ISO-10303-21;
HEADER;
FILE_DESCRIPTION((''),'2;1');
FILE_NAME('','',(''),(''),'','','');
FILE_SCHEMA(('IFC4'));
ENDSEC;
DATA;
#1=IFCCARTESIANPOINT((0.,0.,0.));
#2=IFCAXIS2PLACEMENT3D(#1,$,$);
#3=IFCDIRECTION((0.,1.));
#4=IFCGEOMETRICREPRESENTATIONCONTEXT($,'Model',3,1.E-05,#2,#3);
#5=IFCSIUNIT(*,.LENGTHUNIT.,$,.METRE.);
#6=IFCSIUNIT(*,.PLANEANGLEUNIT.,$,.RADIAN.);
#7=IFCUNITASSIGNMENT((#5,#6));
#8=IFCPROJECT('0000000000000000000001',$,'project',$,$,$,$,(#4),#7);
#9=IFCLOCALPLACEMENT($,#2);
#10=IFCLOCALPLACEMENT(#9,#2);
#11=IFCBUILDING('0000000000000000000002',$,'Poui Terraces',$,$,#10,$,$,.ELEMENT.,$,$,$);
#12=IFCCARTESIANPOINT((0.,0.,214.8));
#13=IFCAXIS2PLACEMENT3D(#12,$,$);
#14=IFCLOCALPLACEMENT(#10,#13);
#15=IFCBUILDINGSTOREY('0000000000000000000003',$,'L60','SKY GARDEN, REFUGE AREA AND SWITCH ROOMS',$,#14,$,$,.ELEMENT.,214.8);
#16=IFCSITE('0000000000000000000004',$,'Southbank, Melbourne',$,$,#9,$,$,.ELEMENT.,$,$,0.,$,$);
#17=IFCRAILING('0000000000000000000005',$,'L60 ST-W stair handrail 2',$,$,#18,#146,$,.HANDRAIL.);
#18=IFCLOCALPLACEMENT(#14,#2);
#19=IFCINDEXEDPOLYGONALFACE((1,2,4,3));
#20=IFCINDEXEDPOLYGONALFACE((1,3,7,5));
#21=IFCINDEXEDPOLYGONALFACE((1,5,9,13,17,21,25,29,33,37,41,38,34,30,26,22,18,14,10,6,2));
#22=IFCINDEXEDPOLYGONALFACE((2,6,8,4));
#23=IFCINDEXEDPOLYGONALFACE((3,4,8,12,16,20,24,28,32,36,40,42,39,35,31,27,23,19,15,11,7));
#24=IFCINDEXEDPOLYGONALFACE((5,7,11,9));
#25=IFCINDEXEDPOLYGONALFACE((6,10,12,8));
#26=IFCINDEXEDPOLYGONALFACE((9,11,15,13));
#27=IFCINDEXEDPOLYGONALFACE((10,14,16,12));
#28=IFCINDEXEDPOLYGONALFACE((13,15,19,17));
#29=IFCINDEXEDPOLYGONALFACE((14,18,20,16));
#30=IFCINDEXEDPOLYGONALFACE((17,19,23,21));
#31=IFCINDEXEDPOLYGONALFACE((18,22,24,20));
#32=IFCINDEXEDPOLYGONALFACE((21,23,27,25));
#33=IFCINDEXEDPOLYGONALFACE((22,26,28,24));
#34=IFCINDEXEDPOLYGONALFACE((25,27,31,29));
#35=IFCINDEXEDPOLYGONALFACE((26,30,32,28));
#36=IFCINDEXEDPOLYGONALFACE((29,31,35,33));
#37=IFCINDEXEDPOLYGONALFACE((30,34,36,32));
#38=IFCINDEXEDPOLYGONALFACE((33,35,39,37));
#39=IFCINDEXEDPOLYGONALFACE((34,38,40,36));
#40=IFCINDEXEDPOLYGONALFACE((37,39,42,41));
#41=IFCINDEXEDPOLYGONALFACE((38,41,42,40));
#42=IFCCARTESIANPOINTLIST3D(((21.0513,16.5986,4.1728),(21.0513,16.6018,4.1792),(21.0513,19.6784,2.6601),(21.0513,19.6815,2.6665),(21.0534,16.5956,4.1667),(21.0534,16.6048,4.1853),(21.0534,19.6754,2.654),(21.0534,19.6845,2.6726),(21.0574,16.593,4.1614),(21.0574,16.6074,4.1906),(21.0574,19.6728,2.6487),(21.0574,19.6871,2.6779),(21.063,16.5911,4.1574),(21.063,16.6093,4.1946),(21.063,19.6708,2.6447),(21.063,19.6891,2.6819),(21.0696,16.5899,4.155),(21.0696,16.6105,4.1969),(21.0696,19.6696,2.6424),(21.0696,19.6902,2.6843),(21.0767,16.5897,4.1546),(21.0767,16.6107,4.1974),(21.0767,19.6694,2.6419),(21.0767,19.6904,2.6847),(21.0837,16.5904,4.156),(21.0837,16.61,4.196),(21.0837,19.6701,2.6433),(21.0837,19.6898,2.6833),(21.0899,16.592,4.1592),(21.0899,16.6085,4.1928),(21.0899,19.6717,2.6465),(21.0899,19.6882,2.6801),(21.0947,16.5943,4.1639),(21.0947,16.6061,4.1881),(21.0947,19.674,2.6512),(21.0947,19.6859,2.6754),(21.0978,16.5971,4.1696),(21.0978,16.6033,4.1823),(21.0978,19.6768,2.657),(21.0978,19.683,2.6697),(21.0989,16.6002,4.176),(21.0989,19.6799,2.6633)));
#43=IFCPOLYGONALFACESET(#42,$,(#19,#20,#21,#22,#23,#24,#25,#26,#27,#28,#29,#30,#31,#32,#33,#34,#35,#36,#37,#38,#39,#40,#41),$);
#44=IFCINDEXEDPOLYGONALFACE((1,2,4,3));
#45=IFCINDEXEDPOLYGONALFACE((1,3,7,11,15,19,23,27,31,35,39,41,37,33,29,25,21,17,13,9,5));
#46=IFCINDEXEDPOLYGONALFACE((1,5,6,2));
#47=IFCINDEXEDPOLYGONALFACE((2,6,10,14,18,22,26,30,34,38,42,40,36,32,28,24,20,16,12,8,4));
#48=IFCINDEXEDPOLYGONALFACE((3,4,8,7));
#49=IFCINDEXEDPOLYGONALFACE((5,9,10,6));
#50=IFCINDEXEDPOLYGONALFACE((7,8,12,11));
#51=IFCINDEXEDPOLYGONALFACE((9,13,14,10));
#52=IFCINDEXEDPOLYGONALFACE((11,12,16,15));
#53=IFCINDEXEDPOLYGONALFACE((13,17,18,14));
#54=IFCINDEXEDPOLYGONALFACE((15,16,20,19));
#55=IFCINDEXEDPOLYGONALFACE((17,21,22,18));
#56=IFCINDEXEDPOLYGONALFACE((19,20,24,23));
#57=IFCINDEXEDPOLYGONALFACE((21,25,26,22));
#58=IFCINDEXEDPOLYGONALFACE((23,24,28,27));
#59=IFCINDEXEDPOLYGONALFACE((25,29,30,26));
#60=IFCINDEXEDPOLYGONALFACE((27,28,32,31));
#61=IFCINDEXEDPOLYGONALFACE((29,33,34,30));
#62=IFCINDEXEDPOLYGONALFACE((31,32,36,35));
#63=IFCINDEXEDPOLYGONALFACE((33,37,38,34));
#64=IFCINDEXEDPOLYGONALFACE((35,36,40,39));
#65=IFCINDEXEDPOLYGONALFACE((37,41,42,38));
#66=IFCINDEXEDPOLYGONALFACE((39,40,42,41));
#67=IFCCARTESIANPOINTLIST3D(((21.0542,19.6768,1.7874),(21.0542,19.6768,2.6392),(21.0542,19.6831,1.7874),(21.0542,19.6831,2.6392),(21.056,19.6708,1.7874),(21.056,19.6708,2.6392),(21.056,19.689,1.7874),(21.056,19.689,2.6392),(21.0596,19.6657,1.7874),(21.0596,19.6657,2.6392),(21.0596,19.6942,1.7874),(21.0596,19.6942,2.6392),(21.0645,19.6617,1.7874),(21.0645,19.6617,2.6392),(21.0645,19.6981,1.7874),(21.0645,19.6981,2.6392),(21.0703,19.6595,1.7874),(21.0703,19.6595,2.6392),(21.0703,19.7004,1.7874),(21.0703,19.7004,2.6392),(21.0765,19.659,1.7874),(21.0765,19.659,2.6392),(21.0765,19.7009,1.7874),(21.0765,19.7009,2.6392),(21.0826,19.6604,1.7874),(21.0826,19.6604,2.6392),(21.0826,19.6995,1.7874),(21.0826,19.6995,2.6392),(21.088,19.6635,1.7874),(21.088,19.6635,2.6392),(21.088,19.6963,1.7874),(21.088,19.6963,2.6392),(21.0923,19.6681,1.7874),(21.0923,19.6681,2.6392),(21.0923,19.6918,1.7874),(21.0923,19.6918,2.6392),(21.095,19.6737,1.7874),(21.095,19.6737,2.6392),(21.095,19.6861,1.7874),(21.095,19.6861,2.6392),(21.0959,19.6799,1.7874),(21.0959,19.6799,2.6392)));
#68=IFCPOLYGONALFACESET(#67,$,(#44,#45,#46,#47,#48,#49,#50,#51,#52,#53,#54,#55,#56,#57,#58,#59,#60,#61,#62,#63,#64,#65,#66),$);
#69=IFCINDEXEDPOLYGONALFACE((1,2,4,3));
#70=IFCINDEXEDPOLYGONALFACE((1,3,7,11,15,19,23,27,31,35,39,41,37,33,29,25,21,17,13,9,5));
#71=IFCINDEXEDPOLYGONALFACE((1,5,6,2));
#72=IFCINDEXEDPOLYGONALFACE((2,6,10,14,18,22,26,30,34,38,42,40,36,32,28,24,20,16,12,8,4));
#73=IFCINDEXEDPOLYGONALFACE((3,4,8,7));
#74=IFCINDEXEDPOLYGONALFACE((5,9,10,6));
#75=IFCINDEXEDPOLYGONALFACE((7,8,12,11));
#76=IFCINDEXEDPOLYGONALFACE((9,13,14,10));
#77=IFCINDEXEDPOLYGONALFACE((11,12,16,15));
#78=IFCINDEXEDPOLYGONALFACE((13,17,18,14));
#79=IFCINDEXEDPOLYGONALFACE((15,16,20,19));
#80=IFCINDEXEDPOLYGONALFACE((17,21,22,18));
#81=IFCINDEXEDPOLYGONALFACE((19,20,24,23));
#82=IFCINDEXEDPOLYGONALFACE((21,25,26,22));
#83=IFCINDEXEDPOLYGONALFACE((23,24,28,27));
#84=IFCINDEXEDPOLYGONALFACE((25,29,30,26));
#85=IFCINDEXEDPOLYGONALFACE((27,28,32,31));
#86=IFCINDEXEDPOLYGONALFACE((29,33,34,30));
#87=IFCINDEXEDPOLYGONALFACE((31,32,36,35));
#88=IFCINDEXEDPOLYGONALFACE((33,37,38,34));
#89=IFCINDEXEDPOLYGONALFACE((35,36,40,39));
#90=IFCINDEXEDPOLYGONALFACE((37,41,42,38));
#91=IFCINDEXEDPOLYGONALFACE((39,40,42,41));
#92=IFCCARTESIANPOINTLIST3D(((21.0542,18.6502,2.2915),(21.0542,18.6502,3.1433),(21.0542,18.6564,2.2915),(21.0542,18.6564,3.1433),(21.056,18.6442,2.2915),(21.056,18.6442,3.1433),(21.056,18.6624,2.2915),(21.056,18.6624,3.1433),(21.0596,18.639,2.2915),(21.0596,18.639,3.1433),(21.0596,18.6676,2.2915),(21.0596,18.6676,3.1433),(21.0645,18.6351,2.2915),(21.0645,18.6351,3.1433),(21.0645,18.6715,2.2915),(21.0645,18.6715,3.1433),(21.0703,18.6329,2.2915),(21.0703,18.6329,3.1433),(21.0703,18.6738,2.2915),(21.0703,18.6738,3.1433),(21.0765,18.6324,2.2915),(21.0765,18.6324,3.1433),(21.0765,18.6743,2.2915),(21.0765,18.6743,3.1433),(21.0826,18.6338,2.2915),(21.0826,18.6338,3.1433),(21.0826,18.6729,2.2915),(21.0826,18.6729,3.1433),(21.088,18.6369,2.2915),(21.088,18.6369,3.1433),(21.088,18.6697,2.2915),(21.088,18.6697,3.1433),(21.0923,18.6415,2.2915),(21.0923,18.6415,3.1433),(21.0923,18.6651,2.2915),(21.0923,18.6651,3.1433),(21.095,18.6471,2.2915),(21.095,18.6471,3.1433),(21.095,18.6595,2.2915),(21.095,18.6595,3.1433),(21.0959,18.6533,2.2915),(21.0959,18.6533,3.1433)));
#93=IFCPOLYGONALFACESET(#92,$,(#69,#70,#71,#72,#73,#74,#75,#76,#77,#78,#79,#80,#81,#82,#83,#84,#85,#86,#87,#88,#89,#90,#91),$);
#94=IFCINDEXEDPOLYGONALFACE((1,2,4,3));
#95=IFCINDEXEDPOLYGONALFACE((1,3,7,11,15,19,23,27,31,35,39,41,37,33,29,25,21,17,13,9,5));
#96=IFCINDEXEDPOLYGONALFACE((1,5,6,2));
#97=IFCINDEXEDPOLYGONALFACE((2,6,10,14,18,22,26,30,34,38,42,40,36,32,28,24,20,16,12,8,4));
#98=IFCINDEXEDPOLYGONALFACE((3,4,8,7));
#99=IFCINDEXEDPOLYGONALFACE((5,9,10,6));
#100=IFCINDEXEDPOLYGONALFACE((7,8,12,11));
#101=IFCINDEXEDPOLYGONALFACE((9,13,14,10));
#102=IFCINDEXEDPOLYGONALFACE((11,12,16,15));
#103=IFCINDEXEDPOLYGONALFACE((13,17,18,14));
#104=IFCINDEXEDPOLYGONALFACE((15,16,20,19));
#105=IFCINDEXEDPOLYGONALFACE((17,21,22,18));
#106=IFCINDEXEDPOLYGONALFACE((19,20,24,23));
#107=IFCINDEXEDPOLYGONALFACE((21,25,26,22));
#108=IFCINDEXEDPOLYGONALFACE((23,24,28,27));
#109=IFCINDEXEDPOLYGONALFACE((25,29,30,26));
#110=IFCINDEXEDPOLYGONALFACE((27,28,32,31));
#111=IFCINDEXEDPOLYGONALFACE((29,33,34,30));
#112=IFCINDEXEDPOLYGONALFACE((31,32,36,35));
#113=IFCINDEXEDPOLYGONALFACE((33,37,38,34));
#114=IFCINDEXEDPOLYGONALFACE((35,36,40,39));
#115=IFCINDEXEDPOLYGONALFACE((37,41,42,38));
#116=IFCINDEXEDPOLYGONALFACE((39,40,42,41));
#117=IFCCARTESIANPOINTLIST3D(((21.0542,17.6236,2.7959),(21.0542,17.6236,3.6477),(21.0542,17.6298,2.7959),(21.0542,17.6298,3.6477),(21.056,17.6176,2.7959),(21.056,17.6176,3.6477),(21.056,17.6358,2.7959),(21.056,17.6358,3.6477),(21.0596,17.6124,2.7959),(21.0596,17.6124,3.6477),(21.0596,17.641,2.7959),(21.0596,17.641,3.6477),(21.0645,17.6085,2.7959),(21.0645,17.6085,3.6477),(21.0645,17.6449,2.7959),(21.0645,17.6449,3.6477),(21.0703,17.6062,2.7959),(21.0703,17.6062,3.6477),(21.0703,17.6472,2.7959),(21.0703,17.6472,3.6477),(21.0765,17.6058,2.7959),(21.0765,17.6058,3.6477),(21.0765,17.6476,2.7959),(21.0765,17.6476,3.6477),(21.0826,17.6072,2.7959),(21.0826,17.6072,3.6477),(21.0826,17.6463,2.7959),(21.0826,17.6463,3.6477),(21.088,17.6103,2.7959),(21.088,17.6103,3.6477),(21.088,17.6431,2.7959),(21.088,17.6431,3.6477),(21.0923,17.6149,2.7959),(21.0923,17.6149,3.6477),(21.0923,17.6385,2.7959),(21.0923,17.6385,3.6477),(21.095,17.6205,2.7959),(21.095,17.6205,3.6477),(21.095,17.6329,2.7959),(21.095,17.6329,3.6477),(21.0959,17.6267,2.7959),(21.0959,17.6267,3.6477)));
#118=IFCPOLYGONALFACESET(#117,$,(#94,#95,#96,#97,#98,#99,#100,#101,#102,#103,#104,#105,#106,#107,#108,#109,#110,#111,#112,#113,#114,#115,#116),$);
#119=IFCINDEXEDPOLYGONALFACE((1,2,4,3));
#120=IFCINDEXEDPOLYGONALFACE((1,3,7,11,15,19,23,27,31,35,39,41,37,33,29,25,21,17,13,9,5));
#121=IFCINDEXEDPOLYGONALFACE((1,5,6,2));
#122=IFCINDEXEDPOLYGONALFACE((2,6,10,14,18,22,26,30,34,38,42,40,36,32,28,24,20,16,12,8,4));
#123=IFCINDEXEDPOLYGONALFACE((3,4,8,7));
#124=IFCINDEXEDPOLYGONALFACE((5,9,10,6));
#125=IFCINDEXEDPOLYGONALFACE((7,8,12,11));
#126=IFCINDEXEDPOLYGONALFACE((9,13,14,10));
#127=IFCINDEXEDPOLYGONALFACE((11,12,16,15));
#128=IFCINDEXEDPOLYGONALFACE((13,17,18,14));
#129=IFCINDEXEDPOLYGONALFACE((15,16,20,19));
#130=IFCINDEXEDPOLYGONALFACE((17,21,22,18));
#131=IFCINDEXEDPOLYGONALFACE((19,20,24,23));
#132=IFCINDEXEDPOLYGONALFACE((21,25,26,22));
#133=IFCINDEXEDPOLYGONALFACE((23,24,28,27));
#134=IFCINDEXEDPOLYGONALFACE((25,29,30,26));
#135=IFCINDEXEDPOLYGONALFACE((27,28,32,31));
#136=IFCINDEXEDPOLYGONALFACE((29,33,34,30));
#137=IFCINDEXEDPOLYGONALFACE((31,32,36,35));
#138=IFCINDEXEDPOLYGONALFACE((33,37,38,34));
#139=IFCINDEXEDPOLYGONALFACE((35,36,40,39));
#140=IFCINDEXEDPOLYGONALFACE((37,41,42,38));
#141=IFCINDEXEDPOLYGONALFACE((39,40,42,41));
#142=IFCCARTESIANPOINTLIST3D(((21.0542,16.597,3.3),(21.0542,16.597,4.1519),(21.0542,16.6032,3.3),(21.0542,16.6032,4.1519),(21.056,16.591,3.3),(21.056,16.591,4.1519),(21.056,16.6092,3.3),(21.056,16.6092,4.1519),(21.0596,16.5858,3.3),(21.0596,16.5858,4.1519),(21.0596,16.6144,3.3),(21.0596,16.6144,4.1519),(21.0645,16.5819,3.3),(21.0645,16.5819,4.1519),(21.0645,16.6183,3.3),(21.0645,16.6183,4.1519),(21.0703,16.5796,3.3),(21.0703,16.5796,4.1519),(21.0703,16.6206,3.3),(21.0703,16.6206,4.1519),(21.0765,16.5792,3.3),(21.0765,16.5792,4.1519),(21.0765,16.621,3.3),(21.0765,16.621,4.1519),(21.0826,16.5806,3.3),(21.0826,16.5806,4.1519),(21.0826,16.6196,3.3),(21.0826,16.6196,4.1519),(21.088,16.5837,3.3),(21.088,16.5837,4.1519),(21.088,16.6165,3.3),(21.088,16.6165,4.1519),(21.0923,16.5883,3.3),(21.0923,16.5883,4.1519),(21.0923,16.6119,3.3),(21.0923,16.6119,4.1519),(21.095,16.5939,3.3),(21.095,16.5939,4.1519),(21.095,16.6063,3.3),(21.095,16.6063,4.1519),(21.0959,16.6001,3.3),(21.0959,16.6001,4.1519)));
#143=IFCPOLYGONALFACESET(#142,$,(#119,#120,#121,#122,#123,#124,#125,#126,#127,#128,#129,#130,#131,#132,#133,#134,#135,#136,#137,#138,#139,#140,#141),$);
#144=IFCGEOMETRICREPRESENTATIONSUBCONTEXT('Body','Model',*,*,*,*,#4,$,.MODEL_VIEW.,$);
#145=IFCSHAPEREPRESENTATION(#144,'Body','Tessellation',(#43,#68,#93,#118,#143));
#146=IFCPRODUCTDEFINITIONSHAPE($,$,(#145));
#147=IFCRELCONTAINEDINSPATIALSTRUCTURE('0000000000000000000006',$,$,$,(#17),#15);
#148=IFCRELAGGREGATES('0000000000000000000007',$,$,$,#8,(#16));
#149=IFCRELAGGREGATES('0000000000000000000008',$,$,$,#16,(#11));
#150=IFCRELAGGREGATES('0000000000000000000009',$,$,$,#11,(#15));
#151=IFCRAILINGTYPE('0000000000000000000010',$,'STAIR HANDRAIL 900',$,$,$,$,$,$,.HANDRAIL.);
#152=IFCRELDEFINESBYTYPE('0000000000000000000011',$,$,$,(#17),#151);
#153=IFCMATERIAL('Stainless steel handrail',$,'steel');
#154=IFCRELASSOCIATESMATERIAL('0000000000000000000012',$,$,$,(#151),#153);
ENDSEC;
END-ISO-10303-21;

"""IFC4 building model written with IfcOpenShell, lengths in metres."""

from ifc_helpers import new_model, si_unit, direction, frame, origin, origin_2d, place, context, subcontext, project, spatial, circle, extrude, material, type_object, element, save


model = new_model("IFC4")

# Units and contexts
model_context = context("Model", 3, precision=1e-05, world=origin(), true_north=direction((0.0, 1.0)))
body_context = subcontext(model_context, "Body", "Model", "MODEL_VIEW")
ifc_project = project(units=[si_unit("LENGTHUNIT", "METRE"), si_unit("PLANEANGLEUNIT", "RADIAN")], contexts=[model_context])

# Site, building, storey
site_placement = place(None, origin())
site = spatial("IfcSite", under=ifc_project, at=site_placement, Name="Southbank, Melbourne", CompositionType="ELEMENT", RefElevation=0.0)
building_placement = place(site_placement, origin())
building = spatial("IfcBuilding", under=site, at=building_placement, Name="Poui Terraces", CompositionType="ELEMENT")
storey_placement = place(building_placement, frame((0.0, 0.0, 214.8)))
storey = spatial("IfcBuildingStorey", under=building, at=storey_placement, Name="L60", Description="SKY GARDEN, REFUGE AREA AND SWITCH ROOMS", CompositionType="ELEMENT", Elevation=214.8)

# Railing
ifc_material_1 = material(Name="Stainless steel handrail", Category="steel")
railing_type = type_object("IfcRailingType", Name="STAIR HANDRAIL 900", PredefinedType="HANDRAIL", material=ifc_material_1)
railing_1_placement = place(storey_placement, frame((21.075, 19.6799, 1.7874)))
element("IfcRailing", 1, at=railing_1_placement, inside=storey, type_object=railing_type, Name="L60 ST-W stair handrail 2", PredefinedType="HANDRAIL", context=body_context, shape_type="SweptSolid", body=[
    extrude(circle(Radius=0.0239, at=origin_2d()), frame((0.0, 0.0, 0.876), z_axis=(0.0, -0.897578, 0.440856), x_axis=(1.0, 0.0, 0.0)), (0.0, 0.0, 1.0), 3.4312),
    extrude(circle(Radius=0.021, at=origin_2d()), origin(), (0.0, 0.0, 1.0), 0.8518),
    extrude(circle(Radius=0.021, at=origin_2d()), frame((0.0, -1.0266, 0.5042)), (0.0, 0.0, 1.0), 0.8518),
    extrude(circle(Radius=0.021, at=origin_2d()), frame((0.0, -2.0532, 1.0085)), (0.0, 0.0, 1.0), 0.8518),
    extrude(circle(Radius=0.021, at=origin_2d()), frame((0.0, -3.0798, 1.5127)), (0.0, 0.0, 1.0), 0.8518),
])

save(model, "model.ifc")
